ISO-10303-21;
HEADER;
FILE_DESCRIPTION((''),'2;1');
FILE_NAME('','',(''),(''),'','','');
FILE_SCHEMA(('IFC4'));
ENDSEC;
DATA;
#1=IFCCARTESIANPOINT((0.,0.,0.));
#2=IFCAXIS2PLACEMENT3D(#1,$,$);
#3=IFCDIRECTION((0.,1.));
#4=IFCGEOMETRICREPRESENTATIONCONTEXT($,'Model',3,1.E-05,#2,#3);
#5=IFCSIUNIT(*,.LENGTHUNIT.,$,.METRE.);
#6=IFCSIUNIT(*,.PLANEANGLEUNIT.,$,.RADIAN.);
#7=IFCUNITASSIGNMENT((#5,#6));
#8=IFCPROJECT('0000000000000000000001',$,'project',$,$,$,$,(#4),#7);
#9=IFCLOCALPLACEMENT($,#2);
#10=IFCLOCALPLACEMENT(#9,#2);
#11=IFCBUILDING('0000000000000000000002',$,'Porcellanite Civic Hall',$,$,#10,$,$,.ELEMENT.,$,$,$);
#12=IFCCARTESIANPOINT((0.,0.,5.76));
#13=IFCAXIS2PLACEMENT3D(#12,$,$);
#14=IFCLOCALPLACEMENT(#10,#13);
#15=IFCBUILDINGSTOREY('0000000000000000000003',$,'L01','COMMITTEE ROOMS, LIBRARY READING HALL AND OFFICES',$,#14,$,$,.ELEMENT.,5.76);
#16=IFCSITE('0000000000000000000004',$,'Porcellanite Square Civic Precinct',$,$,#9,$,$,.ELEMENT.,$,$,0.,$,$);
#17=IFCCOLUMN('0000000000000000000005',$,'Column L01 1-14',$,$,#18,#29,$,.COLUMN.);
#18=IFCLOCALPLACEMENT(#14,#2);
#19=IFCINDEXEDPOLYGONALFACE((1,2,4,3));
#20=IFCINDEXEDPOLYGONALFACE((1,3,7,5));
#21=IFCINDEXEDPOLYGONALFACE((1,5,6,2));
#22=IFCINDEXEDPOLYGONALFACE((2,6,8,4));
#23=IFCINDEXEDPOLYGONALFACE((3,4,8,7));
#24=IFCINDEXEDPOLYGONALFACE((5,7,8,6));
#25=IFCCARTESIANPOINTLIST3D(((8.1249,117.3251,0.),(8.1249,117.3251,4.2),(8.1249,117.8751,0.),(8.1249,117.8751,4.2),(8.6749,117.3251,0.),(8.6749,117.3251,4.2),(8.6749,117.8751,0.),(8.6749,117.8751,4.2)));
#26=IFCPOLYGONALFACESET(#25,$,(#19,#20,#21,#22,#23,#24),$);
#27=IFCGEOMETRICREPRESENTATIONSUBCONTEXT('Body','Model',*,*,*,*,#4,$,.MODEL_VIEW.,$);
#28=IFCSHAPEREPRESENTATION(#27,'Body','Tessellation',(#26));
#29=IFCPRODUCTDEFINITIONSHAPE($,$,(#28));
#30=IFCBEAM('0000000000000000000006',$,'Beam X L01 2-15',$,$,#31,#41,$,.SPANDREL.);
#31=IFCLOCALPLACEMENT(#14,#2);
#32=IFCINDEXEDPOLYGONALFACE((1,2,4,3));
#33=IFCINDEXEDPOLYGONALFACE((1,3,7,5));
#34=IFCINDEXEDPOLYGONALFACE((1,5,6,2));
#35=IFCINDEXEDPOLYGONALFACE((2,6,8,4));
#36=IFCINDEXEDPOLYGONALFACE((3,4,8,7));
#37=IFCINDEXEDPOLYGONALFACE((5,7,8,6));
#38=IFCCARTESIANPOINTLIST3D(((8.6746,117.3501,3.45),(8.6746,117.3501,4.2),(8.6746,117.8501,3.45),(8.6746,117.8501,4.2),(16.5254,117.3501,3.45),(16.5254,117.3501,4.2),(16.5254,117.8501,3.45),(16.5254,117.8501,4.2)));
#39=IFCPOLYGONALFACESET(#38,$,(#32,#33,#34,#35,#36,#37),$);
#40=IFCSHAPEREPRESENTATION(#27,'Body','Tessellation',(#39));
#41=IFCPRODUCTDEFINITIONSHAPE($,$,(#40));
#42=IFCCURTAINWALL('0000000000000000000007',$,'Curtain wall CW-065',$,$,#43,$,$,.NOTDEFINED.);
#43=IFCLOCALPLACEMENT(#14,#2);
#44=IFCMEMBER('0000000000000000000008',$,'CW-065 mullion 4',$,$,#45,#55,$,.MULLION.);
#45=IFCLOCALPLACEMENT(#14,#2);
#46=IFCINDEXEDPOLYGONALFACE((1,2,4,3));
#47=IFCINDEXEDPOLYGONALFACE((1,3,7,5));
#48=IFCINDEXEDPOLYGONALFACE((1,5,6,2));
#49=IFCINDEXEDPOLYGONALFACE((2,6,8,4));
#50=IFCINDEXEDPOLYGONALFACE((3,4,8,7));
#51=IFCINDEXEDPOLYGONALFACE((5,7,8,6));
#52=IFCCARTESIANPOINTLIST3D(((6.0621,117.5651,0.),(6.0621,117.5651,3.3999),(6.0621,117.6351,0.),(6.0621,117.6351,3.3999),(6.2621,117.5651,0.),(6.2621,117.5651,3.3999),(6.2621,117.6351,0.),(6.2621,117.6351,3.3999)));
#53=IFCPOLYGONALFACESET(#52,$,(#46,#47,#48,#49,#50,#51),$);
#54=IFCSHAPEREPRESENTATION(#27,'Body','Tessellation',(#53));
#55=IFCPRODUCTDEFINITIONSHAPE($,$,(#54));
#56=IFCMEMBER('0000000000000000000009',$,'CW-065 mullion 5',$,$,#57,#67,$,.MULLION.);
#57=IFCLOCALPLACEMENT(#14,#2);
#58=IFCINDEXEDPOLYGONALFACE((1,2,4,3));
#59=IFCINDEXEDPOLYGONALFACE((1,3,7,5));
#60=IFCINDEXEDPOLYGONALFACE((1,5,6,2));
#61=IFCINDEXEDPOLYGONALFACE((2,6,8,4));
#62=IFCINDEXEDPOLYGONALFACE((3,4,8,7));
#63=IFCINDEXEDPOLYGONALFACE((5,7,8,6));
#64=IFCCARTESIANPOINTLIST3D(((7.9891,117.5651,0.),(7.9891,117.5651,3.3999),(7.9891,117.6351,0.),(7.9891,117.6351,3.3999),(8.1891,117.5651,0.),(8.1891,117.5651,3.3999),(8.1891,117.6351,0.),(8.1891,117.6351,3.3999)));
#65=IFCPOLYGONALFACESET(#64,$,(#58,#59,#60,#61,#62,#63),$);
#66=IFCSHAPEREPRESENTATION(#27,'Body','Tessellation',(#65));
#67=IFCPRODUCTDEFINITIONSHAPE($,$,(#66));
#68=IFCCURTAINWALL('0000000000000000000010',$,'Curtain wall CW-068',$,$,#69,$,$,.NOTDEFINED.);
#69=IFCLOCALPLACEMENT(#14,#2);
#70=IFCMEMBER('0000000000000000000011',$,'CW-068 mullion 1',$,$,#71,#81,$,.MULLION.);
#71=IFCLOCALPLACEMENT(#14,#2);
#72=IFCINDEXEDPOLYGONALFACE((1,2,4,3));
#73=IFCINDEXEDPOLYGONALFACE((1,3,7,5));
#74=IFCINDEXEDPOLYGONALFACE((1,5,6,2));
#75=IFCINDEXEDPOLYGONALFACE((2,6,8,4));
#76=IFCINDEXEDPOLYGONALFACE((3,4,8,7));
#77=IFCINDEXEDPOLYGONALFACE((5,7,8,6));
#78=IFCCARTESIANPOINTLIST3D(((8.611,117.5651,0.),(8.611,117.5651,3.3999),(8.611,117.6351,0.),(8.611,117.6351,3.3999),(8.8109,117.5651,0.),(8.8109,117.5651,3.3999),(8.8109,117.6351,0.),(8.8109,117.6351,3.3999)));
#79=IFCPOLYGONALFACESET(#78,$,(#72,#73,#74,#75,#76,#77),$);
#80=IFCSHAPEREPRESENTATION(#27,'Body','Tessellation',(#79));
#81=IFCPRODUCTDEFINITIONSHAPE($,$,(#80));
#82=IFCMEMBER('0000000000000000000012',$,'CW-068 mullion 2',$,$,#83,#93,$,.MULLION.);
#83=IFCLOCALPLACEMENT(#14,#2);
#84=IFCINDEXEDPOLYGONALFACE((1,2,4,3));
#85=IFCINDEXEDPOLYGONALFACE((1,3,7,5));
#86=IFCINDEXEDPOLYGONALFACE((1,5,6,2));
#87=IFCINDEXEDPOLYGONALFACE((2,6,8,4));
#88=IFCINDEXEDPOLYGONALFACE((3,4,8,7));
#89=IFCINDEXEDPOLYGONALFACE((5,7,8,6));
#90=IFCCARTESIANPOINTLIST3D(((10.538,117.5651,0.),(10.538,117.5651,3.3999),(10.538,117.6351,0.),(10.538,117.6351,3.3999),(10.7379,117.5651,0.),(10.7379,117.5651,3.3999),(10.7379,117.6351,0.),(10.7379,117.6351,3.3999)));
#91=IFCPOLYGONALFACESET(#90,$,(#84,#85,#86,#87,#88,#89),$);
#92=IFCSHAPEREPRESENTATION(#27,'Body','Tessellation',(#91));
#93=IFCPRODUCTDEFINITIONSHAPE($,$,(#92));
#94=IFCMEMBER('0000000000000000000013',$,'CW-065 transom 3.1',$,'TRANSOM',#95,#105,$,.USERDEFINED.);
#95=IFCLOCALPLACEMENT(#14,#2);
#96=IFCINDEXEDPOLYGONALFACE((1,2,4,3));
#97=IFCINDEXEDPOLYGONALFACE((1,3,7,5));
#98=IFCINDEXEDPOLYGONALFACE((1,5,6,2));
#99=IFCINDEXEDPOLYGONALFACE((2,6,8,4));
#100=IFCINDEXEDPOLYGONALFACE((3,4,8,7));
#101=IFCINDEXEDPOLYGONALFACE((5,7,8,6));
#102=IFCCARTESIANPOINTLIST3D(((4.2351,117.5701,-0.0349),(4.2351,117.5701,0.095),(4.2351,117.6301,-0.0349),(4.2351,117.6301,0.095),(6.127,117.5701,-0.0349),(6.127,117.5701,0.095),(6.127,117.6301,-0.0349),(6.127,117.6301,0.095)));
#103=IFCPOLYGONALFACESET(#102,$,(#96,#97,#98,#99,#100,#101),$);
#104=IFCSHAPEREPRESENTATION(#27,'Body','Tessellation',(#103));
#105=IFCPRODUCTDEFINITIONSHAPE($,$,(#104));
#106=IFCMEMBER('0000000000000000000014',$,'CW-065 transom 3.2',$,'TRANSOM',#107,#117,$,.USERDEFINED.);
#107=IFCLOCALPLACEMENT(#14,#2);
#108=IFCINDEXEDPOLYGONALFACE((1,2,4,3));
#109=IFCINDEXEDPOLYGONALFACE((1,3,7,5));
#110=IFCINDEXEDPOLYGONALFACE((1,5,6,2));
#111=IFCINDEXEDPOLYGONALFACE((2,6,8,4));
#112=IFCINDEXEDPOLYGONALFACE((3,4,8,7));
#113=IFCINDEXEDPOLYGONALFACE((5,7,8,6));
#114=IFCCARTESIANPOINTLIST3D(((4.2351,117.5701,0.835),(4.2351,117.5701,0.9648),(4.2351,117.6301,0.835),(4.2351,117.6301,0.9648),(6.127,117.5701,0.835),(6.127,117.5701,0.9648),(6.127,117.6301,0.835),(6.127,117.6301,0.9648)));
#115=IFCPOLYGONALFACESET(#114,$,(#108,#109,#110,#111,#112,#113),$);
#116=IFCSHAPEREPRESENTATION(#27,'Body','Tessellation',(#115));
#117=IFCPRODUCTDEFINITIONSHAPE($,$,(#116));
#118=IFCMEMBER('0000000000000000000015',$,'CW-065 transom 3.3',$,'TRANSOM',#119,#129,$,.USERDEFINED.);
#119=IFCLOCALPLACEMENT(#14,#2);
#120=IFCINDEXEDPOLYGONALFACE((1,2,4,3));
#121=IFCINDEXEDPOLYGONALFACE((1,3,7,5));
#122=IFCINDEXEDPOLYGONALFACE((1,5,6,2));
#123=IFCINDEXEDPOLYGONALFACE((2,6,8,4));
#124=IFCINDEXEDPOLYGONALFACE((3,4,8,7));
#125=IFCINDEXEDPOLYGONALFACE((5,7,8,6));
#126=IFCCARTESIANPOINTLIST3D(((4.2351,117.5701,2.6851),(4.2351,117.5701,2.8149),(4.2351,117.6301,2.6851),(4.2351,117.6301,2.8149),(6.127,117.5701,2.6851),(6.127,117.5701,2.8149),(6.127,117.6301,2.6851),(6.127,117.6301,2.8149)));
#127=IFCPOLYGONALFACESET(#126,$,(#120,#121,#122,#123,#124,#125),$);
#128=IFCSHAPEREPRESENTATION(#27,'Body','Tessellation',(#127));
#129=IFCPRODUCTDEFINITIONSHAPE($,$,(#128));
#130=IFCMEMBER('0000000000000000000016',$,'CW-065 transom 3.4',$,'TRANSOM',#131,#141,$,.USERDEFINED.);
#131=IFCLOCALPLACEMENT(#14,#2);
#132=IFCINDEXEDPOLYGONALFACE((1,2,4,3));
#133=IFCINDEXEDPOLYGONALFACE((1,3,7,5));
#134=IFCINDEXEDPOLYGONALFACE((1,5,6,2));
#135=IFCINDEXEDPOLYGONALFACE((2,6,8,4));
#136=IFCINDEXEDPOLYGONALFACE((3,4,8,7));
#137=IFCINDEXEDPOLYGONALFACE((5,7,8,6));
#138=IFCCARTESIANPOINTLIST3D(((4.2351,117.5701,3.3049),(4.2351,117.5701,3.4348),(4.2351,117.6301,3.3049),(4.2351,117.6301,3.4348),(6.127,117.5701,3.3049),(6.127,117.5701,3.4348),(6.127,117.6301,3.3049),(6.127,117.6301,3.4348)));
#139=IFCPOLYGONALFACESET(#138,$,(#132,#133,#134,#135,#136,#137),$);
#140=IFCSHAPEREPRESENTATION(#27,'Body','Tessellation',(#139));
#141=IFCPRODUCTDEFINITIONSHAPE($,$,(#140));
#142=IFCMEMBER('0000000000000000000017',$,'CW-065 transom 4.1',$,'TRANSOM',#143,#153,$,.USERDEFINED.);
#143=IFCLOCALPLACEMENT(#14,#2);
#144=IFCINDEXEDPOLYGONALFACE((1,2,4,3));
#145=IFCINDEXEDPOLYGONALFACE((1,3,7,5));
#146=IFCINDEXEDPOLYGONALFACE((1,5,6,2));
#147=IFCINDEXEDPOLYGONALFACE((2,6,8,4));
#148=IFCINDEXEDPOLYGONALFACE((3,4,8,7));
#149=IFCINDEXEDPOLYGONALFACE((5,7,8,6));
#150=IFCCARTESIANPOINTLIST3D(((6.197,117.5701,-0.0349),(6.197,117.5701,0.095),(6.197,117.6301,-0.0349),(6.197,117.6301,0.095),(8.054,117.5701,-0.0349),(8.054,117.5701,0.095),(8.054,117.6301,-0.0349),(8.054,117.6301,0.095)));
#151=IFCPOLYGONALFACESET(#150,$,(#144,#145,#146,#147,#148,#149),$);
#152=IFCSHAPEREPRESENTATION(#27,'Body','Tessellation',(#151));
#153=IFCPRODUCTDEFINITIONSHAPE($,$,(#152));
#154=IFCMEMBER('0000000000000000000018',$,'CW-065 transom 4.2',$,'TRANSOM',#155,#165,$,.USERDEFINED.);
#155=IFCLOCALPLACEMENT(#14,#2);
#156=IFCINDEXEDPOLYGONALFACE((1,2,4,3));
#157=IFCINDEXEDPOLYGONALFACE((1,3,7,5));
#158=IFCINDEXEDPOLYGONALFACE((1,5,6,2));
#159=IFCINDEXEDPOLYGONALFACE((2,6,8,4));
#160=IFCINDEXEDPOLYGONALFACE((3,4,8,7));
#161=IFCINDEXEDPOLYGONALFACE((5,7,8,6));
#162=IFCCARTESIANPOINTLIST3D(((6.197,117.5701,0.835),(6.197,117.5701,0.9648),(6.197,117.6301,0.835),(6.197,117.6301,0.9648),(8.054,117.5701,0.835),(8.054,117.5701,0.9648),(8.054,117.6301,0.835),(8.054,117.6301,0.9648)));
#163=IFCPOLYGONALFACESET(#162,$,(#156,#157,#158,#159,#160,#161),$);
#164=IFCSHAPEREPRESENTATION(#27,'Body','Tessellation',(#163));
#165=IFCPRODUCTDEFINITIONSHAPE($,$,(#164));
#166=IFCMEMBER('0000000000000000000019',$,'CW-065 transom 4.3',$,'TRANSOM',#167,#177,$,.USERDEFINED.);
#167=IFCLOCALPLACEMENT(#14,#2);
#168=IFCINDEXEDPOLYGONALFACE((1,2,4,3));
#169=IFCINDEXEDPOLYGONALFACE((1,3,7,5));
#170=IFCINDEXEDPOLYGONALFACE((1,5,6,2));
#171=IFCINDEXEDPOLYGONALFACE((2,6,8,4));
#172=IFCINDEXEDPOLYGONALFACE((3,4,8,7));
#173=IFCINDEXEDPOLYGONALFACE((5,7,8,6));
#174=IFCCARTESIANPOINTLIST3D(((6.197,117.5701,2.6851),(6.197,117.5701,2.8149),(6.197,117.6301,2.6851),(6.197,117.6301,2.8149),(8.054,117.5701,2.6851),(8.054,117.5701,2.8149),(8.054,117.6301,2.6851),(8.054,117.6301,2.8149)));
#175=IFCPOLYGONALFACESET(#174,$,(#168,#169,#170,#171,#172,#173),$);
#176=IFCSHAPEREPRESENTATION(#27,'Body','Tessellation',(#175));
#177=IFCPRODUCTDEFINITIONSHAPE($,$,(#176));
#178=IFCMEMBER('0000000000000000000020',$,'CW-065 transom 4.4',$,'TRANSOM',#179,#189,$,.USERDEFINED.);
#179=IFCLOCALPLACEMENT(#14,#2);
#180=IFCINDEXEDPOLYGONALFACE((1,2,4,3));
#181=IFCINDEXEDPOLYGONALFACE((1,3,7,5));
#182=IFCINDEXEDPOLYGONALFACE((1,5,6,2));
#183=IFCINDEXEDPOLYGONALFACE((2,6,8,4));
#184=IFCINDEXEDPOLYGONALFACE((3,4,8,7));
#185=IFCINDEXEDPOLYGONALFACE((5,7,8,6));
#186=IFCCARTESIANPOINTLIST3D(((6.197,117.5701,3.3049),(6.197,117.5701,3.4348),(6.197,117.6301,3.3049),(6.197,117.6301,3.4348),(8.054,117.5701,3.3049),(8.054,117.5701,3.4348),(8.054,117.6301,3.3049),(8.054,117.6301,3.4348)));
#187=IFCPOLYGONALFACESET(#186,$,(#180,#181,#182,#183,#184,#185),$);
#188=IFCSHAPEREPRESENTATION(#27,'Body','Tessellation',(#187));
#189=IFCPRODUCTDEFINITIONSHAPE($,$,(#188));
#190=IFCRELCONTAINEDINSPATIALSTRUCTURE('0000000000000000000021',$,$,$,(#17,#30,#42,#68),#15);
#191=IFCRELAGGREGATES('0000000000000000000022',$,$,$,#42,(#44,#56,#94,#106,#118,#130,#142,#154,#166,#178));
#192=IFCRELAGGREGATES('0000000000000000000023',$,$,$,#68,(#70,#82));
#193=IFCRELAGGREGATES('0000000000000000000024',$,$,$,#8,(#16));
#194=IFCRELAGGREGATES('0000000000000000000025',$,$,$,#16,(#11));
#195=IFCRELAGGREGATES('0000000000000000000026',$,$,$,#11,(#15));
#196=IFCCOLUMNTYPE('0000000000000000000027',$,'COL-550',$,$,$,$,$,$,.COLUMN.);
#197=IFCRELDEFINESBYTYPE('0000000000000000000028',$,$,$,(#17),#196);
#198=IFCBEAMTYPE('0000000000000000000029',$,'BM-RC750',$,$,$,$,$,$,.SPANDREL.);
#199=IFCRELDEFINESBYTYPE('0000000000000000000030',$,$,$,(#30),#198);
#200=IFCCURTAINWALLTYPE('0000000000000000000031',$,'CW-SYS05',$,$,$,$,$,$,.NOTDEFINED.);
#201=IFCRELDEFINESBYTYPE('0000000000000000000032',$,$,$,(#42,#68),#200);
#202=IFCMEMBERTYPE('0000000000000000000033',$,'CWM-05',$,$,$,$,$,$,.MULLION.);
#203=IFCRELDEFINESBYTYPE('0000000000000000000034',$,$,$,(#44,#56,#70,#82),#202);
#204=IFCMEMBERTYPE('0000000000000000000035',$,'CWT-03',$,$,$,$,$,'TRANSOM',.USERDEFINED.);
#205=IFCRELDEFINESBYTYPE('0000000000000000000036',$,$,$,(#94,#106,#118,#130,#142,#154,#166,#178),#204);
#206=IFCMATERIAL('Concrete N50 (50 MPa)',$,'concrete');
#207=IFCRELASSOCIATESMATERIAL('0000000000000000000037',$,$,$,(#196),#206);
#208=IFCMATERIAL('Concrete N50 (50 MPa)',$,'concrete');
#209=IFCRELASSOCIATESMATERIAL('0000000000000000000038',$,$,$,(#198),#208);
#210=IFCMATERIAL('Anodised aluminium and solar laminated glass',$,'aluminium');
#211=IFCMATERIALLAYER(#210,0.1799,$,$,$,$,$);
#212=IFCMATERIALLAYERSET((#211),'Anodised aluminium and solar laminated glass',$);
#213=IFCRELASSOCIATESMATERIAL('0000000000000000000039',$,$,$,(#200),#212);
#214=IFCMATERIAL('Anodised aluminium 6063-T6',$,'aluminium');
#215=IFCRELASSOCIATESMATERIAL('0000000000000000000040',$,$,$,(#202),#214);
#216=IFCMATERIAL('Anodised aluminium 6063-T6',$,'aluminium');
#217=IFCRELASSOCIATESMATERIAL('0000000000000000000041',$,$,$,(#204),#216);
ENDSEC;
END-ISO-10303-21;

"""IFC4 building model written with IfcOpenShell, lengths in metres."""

from ifc_helpers import new_model, si_unit, direction, frame, origin, origin_2d, place, context, subcontext, project, spatial, rectangle, extrude, material, layer, layer_set, material_profile, profile_set, type_object, element, aggregate, save


model = new_model("IFC4")

# Units and contexts
model_context = context("Model", 3, precision=1e-05, world=origin(), true_north=direction((0.0, 1.0)))
body_context = subcontext(model_context, "Body", "Model", "MODEL_VIEW")
ifc_project = project(units=[si_unit("LENGTHUNIT", "METRE"), si_unit("PLANEANGLEUNIT", "RADIAN")], contexts=[model_context])

# Site, building, storey
site_placement = place(None, origin())
site = spatial("IfcSite", under=ifc_project, at=site_placement, Name="Porcellanite Square Civic Precinct", CompositionType="ELEMENT", RefElevation=0.0)
building_placement = place(site_placement, origin())
building = spatial("IfcBuilding", under=site, at=building_placement, Name="Porcellanite Civic Hall", CompositionType="ELEMENT")
storey_placement = place(building_placement, frame((0.0, 0.0, 5.76)))
storey = spatial("IfcBuildingStorey", under=building, at=storey_placement, Name="L01", Description="COMMITTEE ROOMS, LIBRARY READING HALL AND OFFICES", CompositionType="ELEMENT", Elevation=5.76)

# Column
ifc_material_1 = material(Name="Concrete N50 (50 MPa)", Category="concrete")
ifc_material_profile_1 = material_profile(ifc_material_1, rectangle(XDim=0.55, YDim=0.55, at=origin_2d()), Name="RC-550x550")
ifc_profile_set_1 = profile_set([ifc_material_profile_1], Name="Concrete N50 (50 MPa)")
column_type = type_object("IfcColumnType", Name="COL-550", PredefinedType="COLUMN", material=ifc_profile_set_1)
column_placement = place(storey_placement, frame((8.3999, 117.6001, 0.0), z_axis=(0.0, 0.0, 1.0), x_axis=(1.0, 0.0, 0.0)))
element("IfcColumn", 1, at=column_placement, inside=storey, type_object=column_type, Name="Column L01 1-14", PredefinedType="COLUMN", context=body_context, shape_type="SweptSolid", body=[
    extrude(rectangle(XDim=0.55, YDim=0.55, at=origin_2d()), origin(), (0.0, 0.0, 1.0), 4.2),
])

# Beam
ifc_material_2 = material(Name="Concrete N50 (50 MPa)", Category="concrete")
ifc_material_profile_2 = material_profile(ifc_material_2, rectangle(XDim=0.5, YDim=0.75, at=origin_2d()), Name="RC-500x750")
ifc_profile_set_2 = profile_set([ifc_material_profile_2], Name="Concrete N50 (50 MPa)")
beam_type = type_object("IfcBeamType", Name="BM-RC750", PredefinedType="SPANDREL", material=ifc_profile_set_2)
beam_placement = place(storey_placement, frame((8.6746, 117.6001, 3.825), z_axis=(1.0, 0.0, 0.0), x_axis=(0.0, 1.0, 0.0)))
element("IfcBeam", 2, at=beam_placement, inside=storey, type_object=beam_type, Name="Beam X L01 2-15", PredefinedType="SPANDREL", context=body_context, shape_type="SweptSolid", body=[
    extrude(rectangle(XDim=0.5, YDim=0.75, at=origin_2d()), origin(), (0.0, 0.0, 1.0), 7.8508),
])

# Curtain walls, members
ifc_material_3 = material(Name="Anodised aluminium and solar laminated glass", Category="aluminium")
ifc_layer_1 = layer(ifc_material_3, 0.1799)
ifc_layer_set_1 = layer_set([ifc_layer_1], Name="Anodised aluminium and solar laminated glass")
curtain_wall_type = type_object("IfcCurtainWallType", Name="CW-SYS05", PredefinedType="NOTDEFINED", material=ifc_layer_set_1)
curtain_wall_1_placement = place(storey_placement, origin())
curtain_wall_1 = element("IfcCurtainWall", 3, at=curtain_wall_1_placement, inside=storey, type_object=curtain_wall_type, Name="Curtain wall CW-065", PredefinedType="NOTDEFINED")
ifc_material_4 = material(Name="Anodised aluminium 6063-T6", Category="aluminium")
ifc_material_profile_3 = material_profile(ifc_material_4, rectangle(XDim=0.0701, YDim=0.2, at=origin_2d()), Name="AL-70x200")
ifc_profile_set_3 = profile_set([ifc_material_profile_3], Name="Anodised aluminium 6063-T6")
member_type_1 = type_object("IfcMemberType", Name="CWM-05", PredefinedType="MULLION", material=ifc_profile_set_3)
member_1_placement = place(storey_placement, frame((6.1621, 117.6001, 0.0), z_axis=(0.0, 0.0, 1.0), x_axis=(0.0, 1.0, 0.0)))
member_1 = element("IfcMember", 4, at=member_1_placement, type_object=member_type_1, Name="CW-065 mullion 4", PredefinedType="MULLION", context=body_context, shape_type="SweptSolid", body=[
    extrude(rectangle(XDim=0.0701, YDim=0.2, at=origin_2d()), origin(), (0.0, 0.0, 1.0), 3.3999),
])
member_2_placement = place(storey_placement, frame((8.0891, 117.6001, 0.0), z_axis=(0.0, 0.0, 1.0), x_axis=(0.0, 1.0, 0.0)))
member_2 = element("IfcMember", 5, at=member_2_placement, type_object=member_type_1, Name="CW-065 mullion 5", PredefinedType="MULLION", context=body_context, shape_type="SweptSolid", body=[
    extrude(rectangle(XDim=0.0701, YDim=0.2, at=origin_2d()), origin(), (0.0, 0.0, 1.0), 3.3999),
])
curtain_wall_2_placement = place(storey_placement, origin())
curtain_wall_2 = element("IfcCurtainWall", 6, at=curtain_wall_2_placement, inside=storey, type_object=curtain_wall_type, Name="Curtain wall CW-068", PredefinedType="NOTDEFINED")
member_3_placement = place(storey_placement, frame((8.7109, 117.6001, 0.0), z_axis=(0.0, 0.0, 1.0), x_axis=(0.0, 1.0, 0.0)))
member_3 = element("IfcMember", 7, at=member_3_placement, type_object=member_type_1, Name="CW-068 mullion 1", PredefinedType="MULLION", context=body_context, shape_type="SweptSolid", body=[
    extrude(rectangle(XDim=0.0701, YDim=0.2, at=origin_2d()), origin(), (0.0, 0.0, 1.0), 3.3999),
])
member_4_placement = place(storey_placement, frame((10.6379, 117.6001, 0.0), z_axis=(0.0, 0.0, 1.0), x_axis=(0.0, 1.0, 0.0)))
member_4 = element("IfcMember", 8, at=member_4_placement, type_object=member_type_1, Name="CW-068 mullion 2", PredefinedType="MULLION", context=body_context, shape_type="SweptSolid", body=[
    extrude(rectangle(XDim=0.0701, YDim=0.2, at=origin_2d()), origin(), (0.0, 0.0, 1.0), 3.3999),
])

# Members
ifc_material_5 = material(Name="Anodised aluminium 6063-T6", Category="aluminium")
ifc_material_profile_4 = material_profile(ifc_material_5, rectangle(XDim=0.0601, YDim=0.1299, at=origin_2d()), Name="AL-60x130")
ifc_profile_set_4 = profile_set([ifc_material_profile_4], Name="Anodised aluminium 6063-T6")
member_type_2 = type_object("IfcMemberType", Name="CWT-03", ElementType="TRANSOM", PredefinedType="USERDEFINED", material=ifc_profile_set_4)
member_5_placement = place(storey_placement, frame((4.2351, 117.6001, 0.03), z_axis=(1.0, 0.0, 0.0), x_axis=(0.0, 1.0, 0.0)))
member_5 = element("IfcMember", 9, at=member_5_placement, type_object=member_type_2, Name="CW-065 transom 3.1", ObjectType="TRANSOM", PredefinedType="USERDEFINED", context=body_context, shape_type="SweptSolid", body=[
    extrude(rectangle(XDim=0.0601, YDim=0.1299, at=origin_2d()), origin(), (0.0, 0.0, 1.0), 1.8918),
])
member_6_placement = place(storey_placement, frame((4.2351, 117.6001, 0.8999), z_axis=(1.0, 0.0, 0.0), x_axis=(0.0, 1.0, 0.0)))
member_6 = element("IfcMember", 10, at=member_6_placement, type_object=member_type_2, Name="CW-065 transom 3.2", ObjectType="TRANSOM", PredefinedType="USERDEFINED", context=body_context, shape_type="SweptSolid", body=[
    extrude(rectangle(XDim=0.0601, YDim=0.1299, at=origin_2d()), origin(), (0.0, 0.0, 1.0), 1.8918),
])
member_7_placement = place(storey_placement, frame((4.2351, 117.6001, 2.75), z_axis=(1.0, 0.0, 0.0), x_axis=(0.0, 1.0, 0.0)))
member_7 = element("IfcMember", 11, at=member_7_placement, type_object=member_type_2, Name="CW-065 transom 3.3", ObjectType="TRANSOM", PredefinedType="USERDEFINED", context=body_context, shape_type="SweptSolid", body=[
    extrude(rectangle(XDim=0.0601, YDim=0.1299, at=origin_2d()), origin(), (0.0, 0.0, 1.0), 1.8918),
])
member_8_placement = place(storey_placement, frame((4.2351, 117.6001, 3.3699), z_axis=(1.0, 0.0, 0.0), x_axis=(0.0, 1.0, 0.0)))
member_8 = element("IfcMember", 12, at=member_8_placement, type_object=member_type_2, Name="CW-065 transom 3.4", ObjectType="TRANSOM", PredefinedType="USERDEFINED", context=body_context, shape_type="SweptSolid", body=[
    extrude(rectangle(XDim=0.0601, YDim=0.1299, at=origin_2d()), origin(), (0.0, 0.0, 1.0), 1.8918),
])
member_9_placement = place(storey_placement, frame((6.197, 117.6001, 0.03), z_axis=(1.0, 0.0, 0.0), x_axis=(0.0, 1.0, 0.0)))
member_9 = element("IfcMember", 13, at=member_9_placement, type_object=member_type_2, Name="CW-065 transom 4.1", ObjectType="TRANSOM", PredefinedType="USERDEFINED", context=body_context, shape_type="SweptSolid", body=[
    extrude(rectangle(XDim=0.0601, YDim=0.1299, at=origin_2d()), origin(), (0.0, 0.0, 1.0), 1.8569),
])
member_10_placement = place(storey_placement, frame((6.197, 117.6001, 0.8999), z_axis=(1.0, 0.0, 0.0), x_axis=(0.0, 1.0, 0.0)))
member_10 = element("IfcMember", 14, at=member_10_placement, type_object=member_type_2, Name="CW-065 transom 4.2", ObjectType="TRANSOM", PredefinedType="USERDEFINED", context=body_context, shape_type="SweptSolid", body=[
    extrude(rectangle(XDim=0.0601, YDim=0.1299, at=origin_2d()), origin(), (0.0, 0.0, 1.0), 1.8569),
])
member_11_placement = place(storey_placement, frame((6.197, 117.6001, 2.75), z_axis=(1.0, 0.0, 0.0), x_axis=(0.0, 1.0, 0.0)))
member_11 = element("IfcMember", 15, at=member_11_placement, type_object=member_type_2, Name="CW-065 transom 4.3", ObjectType="TRANSOM", PredefinedType="USERDEFINED", context=body_context, shape_type="SweptSolid", body=[
    extrude(rectangle(XDim=0.0601, YDim=0.1299, at=origin_2d()), origin(), (0.0, 0.0, 1.0), 1.8569),
])
member_12_placement = place(storey_placement, frame((6.197, 117.6001, 3.3699), z_axis=(1.0, 0.0, 0.0), x_axis=(0.0, 1.0, 0.0)))
member_12 = element("IfcMember", 16, at=member_12_placement, type_object=member_type_2, Name="CW-065 transom 4.4", ObjectType="TRANSOM", PredefinedType="USERDEFINED", context=body_context, shape_type="SweptSolid", body=[
    extrude(rectangle(XDim=0.0601, YDim=0.1299, at=origin_2d()), origin(), (0.0, 0.0, 1.0), 1.8569),
])

aggregate(curtain_wall_1, [member_1, member_2, member_5, member_6, member_7, member_8, member_9, member_10, member_11, member_12])
aggregate(curtain_wall_2, [member_3, member_4])

save(model, "model.ifc")
